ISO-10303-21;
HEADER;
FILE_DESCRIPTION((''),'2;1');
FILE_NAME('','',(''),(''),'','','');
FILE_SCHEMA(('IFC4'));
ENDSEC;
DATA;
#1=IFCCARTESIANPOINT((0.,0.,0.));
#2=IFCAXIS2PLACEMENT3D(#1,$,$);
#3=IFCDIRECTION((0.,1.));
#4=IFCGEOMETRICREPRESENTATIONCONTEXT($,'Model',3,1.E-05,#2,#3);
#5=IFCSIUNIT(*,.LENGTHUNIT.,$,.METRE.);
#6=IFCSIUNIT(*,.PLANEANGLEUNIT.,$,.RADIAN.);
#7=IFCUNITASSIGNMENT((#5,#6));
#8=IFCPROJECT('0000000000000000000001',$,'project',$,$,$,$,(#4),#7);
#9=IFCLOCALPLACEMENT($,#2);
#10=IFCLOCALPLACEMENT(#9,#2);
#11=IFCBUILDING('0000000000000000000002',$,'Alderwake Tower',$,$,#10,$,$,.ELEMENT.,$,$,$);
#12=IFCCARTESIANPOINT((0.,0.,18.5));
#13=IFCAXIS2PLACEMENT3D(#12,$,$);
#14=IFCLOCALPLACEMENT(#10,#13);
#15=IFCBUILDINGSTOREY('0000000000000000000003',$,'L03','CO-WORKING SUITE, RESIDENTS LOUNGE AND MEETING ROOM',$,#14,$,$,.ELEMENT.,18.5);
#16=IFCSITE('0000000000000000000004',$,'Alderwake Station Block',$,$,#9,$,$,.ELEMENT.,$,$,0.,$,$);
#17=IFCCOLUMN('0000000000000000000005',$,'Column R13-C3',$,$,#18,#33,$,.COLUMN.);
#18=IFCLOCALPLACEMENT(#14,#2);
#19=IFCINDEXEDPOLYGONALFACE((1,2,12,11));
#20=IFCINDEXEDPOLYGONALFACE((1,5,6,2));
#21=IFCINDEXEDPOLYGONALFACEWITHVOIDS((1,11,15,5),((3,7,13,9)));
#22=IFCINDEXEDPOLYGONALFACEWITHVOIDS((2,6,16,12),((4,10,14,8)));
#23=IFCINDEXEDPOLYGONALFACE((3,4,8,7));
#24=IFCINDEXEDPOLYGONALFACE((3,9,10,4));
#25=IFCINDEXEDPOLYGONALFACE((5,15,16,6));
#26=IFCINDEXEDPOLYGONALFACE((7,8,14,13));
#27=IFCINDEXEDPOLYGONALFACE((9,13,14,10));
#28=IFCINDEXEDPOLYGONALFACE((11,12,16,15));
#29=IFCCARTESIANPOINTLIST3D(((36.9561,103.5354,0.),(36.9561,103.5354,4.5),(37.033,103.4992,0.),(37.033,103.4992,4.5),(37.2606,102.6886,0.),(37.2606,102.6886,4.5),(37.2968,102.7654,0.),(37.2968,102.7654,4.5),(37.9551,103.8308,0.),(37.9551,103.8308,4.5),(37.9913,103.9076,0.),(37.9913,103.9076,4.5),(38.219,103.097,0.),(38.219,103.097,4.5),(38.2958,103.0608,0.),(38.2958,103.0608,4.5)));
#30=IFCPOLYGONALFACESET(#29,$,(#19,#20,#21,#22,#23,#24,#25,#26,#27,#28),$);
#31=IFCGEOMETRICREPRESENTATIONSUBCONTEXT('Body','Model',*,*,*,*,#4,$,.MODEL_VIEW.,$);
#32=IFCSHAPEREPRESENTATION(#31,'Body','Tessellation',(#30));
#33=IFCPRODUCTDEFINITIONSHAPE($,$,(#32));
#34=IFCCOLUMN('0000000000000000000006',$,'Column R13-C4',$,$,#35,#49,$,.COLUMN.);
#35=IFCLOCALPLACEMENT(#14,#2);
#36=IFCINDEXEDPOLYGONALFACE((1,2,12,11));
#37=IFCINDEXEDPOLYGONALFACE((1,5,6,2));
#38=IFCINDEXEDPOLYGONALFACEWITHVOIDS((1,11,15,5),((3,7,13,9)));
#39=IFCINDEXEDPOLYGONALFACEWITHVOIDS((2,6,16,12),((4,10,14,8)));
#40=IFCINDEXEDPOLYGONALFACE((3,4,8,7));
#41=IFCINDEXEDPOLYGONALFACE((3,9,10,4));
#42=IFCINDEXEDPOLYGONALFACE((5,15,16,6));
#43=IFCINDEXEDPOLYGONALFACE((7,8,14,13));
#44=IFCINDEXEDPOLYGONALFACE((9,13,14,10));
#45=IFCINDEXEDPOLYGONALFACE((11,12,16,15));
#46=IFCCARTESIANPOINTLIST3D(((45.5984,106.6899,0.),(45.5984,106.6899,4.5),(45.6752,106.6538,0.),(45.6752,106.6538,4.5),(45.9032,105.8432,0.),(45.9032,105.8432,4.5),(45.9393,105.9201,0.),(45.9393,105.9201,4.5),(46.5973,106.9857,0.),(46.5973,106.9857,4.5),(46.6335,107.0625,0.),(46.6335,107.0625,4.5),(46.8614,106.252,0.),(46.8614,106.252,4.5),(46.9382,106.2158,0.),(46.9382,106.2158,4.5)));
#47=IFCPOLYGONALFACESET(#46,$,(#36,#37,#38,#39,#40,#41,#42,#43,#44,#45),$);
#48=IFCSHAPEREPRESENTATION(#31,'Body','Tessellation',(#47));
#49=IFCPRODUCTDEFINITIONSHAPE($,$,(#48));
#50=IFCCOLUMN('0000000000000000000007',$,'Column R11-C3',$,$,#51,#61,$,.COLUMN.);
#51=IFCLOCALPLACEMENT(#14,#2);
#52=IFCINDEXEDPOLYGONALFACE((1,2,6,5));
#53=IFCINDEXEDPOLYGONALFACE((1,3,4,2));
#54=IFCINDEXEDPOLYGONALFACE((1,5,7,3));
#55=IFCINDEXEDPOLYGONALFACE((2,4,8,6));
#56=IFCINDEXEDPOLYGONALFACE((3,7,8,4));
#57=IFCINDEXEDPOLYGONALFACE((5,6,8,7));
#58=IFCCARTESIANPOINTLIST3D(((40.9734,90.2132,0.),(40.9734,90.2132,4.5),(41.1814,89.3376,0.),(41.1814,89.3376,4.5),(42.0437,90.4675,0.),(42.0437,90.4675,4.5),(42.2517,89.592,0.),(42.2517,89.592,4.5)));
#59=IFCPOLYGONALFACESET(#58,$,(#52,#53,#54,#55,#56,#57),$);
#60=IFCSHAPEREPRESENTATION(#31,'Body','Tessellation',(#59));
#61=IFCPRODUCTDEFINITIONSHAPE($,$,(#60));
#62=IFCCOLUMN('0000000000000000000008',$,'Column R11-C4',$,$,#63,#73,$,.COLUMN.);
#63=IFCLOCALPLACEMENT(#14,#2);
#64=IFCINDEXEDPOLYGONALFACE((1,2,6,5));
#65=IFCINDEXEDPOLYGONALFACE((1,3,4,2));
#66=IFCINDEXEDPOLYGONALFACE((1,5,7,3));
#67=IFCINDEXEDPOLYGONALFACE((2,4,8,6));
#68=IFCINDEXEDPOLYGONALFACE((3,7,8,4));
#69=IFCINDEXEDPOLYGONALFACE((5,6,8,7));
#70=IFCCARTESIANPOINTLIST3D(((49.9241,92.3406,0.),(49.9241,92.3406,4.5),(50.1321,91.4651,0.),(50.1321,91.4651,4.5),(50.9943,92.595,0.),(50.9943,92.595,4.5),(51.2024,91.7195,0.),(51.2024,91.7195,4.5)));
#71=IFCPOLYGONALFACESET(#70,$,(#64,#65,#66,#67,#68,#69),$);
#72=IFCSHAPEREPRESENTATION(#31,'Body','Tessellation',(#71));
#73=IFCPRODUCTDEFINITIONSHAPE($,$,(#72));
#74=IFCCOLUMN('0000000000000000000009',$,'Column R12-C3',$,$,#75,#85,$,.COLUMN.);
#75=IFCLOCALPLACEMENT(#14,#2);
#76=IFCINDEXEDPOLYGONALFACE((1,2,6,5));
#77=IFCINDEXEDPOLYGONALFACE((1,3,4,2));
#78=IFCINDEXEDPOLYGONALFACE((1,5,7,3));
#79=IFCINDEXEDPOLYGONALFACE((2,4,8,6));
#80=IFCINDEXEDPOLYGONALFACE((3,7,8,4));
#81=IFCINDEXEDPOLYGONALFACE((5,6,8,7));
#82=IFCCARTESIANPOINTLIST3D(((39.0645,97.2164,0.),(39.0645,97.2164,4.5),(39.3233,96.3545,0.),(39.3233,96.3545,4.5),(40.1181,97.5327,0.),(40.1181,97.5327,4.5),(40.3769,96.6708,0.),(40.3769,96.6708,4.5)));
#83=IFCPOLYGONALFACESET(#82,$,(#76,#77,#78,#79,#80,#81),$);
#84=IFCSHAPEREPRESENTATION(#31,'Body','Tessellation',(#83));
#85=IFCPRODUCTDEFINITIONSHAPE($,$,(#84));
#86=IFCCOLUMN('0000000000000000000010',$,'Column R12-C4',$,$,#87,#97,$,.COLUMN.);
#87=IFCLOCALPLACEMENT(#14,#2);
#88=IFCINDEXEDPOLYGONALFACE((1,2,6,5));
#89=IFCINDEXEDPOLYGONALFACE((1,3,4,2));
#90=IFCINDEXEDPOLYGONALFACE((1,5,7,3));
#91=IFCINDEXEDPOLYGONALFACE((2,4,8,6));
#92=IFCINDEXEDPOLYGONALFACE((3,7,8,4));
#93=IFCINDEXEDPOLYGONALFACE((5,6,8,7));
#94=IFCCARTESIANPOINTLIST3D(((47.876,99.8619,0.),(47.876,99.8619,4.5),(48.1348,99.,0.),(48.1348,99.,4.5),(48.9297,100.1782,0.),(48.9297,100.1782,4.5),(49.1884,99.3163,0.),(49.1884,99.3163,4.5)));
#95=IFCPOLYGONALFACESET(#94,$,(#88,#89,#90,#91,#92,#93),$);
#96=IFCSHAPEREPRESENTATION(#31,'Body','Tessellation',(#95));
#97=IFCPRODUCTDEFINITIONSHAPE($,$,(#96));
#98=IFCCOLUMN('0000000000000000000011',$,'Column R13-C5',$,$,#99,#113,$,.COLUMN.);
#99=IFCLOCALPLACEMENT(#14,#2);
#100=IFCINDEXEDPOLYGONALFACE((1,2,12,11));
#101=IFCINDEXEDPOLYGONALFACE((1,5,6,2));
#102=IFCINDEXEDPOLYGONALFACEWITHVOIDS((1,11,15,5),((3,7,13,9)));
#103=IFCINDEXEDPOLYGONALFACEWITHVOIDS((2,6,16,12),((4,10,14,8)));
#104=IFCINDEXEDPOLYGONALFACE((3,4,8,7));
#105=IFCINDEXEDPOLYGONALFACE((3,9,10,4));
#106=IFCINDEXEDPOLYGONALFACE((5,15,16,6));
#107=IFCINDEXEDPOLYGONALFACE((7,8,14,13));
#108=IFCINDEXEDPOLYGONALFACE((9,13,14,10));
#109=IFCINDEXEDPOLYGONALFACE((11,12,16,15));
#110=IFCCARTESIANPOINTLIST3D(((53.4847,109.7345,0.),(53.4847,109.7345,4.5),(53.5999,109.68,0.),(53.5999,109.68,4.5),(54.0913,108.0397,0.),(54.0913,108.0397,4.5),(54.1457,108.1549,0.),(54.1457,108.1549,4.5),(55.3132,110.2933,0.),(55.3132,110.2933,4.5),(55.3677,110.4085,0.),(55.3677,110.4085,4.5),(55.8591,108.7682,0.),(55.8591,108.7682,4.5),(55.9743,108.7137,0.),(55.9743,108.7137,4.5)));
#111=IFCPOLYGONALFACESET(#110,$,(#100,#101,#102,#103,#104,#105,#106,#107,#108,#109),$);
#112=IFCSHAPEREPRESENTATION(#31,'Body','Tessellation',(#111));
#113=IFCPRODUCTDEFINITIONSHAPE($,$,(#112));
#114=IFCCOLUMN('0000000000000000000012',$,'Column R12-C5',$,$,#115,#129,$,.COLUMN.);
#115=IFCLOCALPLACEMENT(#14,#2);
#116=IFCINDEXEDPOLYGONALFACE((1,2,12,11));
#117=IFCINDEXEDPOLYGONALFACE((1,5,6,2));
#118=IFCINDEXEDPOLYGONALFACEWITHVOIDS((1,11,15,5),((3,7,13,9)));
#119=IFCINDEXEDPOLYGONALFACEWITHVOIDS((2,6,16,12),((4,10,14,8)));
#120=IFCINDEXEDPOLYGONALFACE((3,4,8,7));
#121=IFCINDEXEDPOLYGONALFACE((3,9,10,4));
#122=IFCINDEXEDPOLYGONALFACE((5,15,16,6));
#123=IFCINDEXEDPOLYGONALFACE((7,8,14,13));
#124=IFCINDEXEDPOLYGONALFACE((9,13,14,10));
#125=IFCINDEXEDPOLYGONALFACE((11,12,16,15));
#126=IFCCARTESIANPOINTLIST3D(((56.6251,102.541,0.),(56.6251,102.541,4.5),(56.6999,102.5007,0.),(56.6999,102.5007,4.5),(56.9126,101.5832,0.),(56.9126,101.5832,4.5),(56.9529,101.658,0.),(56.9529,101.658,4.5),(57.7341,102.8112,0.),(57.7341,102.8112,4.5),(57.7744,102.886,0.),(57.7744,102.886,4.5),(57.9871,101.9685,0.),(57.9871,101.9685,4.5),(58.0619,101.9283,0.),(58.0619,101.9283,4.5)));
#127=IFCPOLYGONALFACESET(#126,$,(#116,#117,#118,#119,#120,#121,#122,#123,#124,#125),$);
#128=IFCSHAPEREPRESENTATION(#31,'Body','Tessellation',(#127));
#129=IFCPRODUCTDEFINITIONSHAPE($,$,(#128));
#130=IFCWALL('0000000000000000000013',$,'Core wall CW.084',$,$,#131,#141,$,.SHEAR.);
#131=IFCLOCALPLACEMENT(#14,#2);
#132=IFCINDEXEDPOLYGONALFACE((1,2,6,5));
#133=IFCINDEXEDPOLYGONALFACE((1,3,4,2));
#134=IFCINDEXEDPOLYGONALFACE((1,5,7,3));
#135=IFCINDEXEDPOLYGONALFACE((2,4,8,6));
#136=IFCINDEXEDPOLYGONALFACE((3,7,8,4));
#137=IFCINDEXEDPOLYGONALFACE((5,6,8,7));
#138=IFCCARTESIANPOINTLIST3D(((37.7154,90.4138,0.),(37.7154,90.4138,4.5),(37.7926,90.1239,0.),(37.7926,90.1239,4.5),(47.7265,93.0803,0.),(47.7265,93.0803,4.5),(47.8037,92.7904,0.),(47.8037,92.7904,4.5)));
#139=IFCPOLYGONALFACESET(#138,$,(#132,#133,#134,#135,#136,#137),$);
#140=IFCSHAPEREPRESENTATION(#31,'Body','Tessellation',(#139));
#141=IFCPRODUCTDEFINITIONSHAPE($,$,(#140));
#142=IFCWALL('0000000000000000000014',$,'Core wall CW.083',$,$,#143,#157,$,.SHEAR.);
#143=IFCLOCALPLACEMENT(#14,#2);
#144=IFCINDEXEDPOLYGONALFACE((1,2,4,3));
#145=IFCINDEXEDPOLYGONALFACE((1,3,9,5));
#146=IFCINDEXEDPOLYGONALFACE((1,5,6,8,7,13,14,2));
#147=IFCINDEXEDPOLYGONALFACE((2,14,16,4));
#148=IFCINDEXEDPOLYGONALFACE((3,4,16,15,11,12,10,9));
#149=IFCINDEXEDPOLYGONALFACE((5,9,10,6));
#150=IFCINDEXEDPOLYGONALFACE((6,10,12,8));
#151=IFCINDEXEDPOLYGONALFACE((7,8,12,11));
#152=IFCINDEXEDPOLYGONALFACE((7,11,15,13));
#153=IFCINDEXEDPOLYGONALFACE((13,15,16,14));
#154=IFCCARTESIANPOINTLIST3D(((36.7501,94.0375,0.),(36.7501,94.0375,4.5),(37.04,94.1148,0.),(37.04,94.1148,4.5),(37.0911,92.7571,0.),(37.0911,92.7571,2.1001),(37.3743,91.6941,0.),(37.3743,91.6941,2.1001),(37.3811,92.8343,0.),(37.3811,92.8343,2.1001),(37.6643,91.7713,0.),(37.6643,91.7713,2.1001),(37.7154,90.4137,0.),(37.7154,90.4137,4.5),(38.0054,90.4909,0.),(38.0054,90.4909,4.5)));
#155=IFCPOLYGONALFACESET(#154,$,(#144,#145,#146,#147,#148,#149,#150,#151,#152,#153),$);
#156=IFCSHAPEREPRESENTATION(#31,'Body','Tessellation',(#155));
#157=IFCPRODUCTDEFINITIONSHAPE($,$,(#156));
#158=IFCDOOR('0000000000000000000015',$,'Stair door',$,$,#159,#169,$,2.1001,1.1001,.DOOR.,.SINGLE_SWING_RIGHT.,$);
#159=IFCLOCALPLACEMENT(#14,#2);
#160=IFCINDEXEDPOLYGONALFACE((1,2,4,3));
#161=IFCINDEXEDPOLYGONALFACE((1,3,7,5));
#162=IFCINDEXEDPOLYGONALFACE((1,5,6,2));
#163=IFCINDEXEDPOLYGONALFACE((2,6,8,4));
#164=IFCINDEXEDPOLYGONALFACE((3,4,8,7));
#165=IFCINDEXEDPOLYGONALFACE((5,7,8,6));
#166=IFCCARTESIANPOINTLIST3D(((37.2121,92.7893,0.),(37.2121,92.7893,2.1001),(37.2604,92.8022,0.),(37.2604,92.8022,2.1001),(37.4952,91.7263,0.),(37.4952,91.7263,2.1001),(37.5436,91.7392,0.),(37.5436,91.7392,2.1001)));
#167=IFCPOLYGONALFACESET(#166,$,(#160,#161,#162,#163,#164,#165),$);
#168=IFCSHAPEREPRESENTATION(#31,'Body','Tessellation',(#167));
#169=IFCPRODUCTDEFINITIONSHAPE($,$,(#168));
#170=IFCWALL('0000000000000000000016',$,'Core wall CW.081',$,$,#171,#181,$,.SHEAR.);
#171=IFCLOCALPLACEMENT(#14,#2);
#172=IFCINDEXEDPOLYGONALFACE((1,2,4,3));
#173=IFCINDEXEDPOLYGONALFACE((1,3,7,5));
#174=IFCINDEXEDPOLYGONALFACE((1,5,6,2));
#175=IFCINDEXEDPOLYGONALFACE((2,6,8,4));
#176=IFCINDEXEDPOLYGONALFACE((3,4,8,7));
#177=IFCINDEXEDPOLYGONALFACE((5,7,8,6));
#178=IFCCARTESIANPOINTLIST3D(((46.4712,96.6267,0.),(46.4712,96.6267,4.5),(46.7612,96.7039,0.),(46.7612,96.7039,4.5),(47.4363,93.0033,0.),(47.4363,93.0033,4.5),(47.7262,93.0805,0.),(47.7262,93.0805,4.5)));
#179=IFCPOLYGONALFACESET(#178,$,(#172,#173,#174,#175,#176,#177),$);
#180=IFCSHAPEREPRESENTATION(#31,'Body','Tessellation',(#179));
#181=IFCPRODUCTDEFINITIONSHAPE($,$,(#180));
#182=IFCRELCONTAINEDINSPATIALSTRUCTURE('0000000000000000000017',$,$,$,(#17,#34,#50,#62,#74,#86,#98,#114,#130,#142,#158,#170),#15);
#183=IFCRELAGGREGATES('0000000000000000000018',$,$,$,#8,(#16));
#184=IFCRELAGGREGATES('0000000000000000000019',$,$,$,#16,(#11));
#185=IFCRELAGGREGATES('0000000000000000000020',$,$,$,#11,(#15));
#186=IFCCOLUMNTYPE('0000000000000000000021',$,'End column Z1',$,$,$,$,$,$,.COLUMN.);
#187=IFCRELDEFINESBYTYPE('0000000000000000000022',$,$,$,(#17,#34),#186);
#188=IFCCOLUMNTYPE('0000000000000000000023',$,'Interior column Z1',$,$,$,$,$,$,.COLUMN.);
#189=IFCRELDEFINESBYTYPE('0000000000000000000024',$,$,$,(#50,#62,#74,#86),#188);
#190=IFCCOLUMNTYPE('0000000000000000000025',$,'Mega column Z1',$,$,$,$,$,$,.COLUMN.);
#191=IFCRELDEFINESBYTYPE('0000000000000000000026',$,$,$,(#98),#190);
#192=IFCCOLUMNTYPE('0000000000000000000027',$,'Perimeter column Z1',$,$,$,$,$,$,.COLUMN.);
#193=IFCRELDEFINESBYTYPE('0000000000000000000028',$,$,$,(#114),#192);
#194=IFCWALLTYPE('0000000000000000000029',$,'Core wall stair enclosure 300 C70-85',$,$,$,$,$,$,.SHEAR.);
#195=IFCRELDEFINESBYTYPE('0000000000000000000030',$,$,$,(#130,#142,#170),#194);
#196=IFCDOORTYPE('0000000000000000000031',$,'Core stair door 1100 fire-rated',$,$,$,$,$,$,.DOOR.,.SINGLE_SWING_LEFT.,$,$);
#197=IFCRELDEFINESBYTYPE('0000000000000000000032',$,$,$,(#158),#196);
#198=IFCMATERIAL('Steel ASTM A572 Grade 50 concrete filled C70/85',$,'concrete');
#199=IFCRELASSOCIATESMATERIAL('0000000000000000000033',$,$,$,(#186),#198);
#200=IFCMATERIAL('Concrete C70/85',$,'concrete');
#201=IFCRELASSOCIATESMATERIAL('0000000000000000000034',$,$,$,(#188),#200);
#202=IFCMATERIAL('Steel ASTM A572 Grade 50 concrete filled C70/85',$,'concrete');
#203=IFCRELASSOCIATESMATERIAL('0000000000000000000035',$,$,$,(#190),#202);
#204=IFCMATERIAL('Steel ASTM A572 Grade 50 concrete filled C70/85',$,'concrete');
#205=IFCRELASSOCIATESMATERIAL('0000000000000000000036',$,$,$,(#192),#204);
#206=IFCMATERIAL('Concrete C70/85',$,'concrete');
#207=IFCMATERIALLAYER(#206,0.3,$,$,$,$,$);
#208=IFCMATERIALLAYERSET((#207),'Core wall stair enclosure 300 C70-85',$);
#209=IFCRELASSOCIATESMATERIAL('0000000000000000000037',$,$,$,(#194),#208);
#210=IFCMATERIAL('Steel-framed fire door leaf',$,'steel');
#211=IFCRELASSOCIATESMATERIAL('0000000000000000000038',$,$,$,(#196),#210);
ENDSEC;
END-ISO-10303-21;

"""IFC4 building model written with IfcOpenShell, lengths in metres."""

from ifc_helpers import new_model, si_unit, direction, frame, frame_2d, origin, origin_2d, place, context, subcontext, project, spatial, rectangle, hollow_rectangle, extrude, material, layer, layer_set, material_profile, profile_set, type_object, element, fill, save


model = new_model("IFC4")

# Units and contexts
model_context = context("Model", 3, precision=1e-05, world=origin(), true_north=direction((0.0, 1.0)))
body_context = subcontext(model_context, "Body", "Model", "MODEL_VIEW")
ifc_project = project(units=[si_unit("LENGTHUNIT", "METRE"), si_unit("PLANEANGLEUNIT", "RADIAN")], contexts=[model_context])

# Site, building, storey
site_placement = place(None, origin())
site = spatial("IfcSite", under=ifc_project, at=site_placement, Name="Alderwake Station Block", CompositionType="ELEMENT", RefElevation=0.0)
building_placement = place(site_placement, origin())
building = spatial("IfcBuilding", under=site, at=building_placement, Name="Alderwake Tower", CompositionType="ELEMENT")
storey_placement = place(building_placement, frame((0.0, 0.0, 18.5)))
storey = spatial("IfcBuildingStorey", under=building, at=storey_placement, Name="L03", Description="CO-WORKING SUITE, RESIDENTS LOUNGE AND MEETING ROOM", CompositionType="ELEMENT", Elevation=18.5)

# Columns
ifc_material_1 = material(Name="Steel ASTM A572 Grade 50 concrete filled C70/85", Category="concrete")
ifc_material_profile_1 = material_profile(ifc_material_1, hollow_rectangle(XDim=0.8999, YDim=1.1001, WallThickness=0.0601, at=origin_2d()), Name="BOX 1100X900X60")
ifc_profile_set_1 = profile_set([ifc_material_profile_1], Name="Steel ASTM A572 Grade 50 concrete filled C70/85")
column_type_1 = type_object("IfcColumnType", Name="End column Z1", PredefinedType="COLUMN", material=ifc_profile_set_1)
for number, where, z_axis, x_axis, name in (
    (1, (37.626, 103.2981, 0.0), (0.0, 0.0, 1.0), (-0.338385, 0.941008, 0.0), "Column R13-C3"),
    (2, (46.2683, 106.4529, 0.0), (0.0, 0.0, 1.0), (-0.338695, 0.940896, 0.0), "Column R13-C4"),
):
    element("IfcColumn", number, at=place(storey_placement, frame(where, z_axis=z_axis, x_axis=x_axis)), inside=storey, type_object=column_type_1, Name=name, PredefinedType="COLUMN", context=body_context, shape_type="SweptSolid", body=[
        extrude(hollow_rectangle(XDim=0.8999, YDim=1.1001, WallThickness=0.0601, at=origin_2d()), origin(), (0.0, 0.0, 1.0), 4.5),
    ])
ifc_material_2 = material(Name="Concrete C70/85", Category="concrete")
ifc_material_profile_2 = material_profile(ifc_material_2, rectangle(XDim=0.8999, YDim=1.1001, at=origin_2d()), Name="RC 1100X900")
ifc_profile_set_2 = profile_set([ifc_material_profile_2], Name="Concrete C70/85")
column_type_2 = type_object("IfcColumnType", Name="Interior column Z1", PredefinedType="COLUMN", material=ifc_profile_set_2)
for number, where, z_axis, x_axis, name in (
    (3, (41.6125, 89.9026, 0.0), (0.0, 0.0, 1.0), (-0.231222, 0.972901, 0.0), "Column R11-C3"),
    (4, (50.5632, 92.03, 0.0), (0.0, 0.0, 1.0), (-0.231222, 0.972901, 0.0), "Column R11-C4"),
    (5, (39.7207, 96.9436, 0.0), (0.0, 0.0, 1.0), (-0.287549, 0.957766, 0.0), "Column R12-C3"),
    (6, (48.5322, 99.5891, 0.0), (0.0, 0.0, 1.0), (-0.287549, 0.957766, 0.0), "Column R12-C4"),
):
    element("IfcColumn", number, at=place(storey_placement, frame(where, z_axis=z_axis, x_axis=x_axis)), inside=storey, type_object=column_type_2, Name=name, PredefinedType="COLUMN", context=body_context, shape_type="SweptSolid", body=[
        extrude(rectangle(XDim=0.8999, YDim=1.1001, at=origin_2d()), origin(), (0.0, 0.0, 1.0), 4.5),
    ])
ifc_material_3 = material(Name="Steel ASTM A572 Grade 50 concrete filled C70/85", Category="concrete")
ifc_material_profile_3 = material_profile(ifc_material_3, hollow_rectangle(XDim=1.8, YDim=2.0, WallThickness=0.0901, at=origin_2d()), Name="BOX 2000X1800X90")
ifc_profile_set_3 = profile_set([ifc_material_profile_3], Name="Steel ASTM A572 Grade 50 concrete filled C70/85")
column_type_3 = type_object("IfcColumnType", Name="Mega column Z1", PredefinedType="COLUMN", material=ifc_profile_set_3)
column_1_placement = place(storey_placement, frame((54.7295, 109.2241, 0.0), z_axis=(0.0, 0.0, 1.0), x_axis=(-0.336995, 0.941506, 0.0)))
element("IfcColumn", 7, at=column_1_placement, inside=storey, type_object=column_type_3, Name="Column R13-C5", PredefinedType="COLUMN", context=body_context, shape_type="SweptSolid", body=[
    extrude(hollow_rectangle(XDim=1.8, YDim=2.0, WallThickness=0.0901, at=origin_2d()), origin(), (0.0, 0.0, 1.0), 4.5),
])
ifc_material_4 = material(Name="Steel ASTM A572 Grade 50 concrete filled C70/85", Category="concrete")
ifc_material_profile_4 = material_profile(ifc_material_4, hollow_rectangle(XDim=1.0, YDim=1.2, WallThickness=0.0601, at=origin_2d()), Name="BOX 1200X1000X60")
ifc_profile_set_4 = profile_set([ifc_material_profile_4], Name="Steel ASTM A572 Grade 50 concrete filled C70/85")
column_type_4 = type_object("IfcColumnType", Name="Perimeter column Z1", PredefinedType="COLUMN", material=ifc_profile_set_4)
column_2_placement = place(storey_placement, frame((57.3435, 102.2346, 0.0), z_axis=(0.0, 0.0, 1.0), x_axis=(-0.287549, 0.957766, 0.0)))
element("IfcColumn", 8, at=column_2_placement, inside=storey, type_object=column_type_4, Name="Column R12-C5", PredefinedType="COLUMN", context=body_context, shape_type="SweptSolid", body=[
    extrude(hollow_rectangle(XDim=1.0, YDim=1.2, WallThickness=0.0601, at=origin_2d()), origin(), (0.0, 0.0, 1.0), 4.5),
])

# Wall
ifc_material_5 = material(Name="Concrete C70/85", Category="concrete")
ifc_layer_1 = layer(ifc_material_5, 0.3)
ifc_layer_set_1 = layer_set([ifc_layer_1], Name="Core wall stair enclosure 300 C70-85")
wall_type_1 = type_object("IfcWallType", Name="Core wall stair enclosure 300 C70-85", PredefinedType="SHEAR", material=ifc_layer_set_1)
wall_1_placement = place(storey_placement, frame((37.7539, 90.2688, 0.0), z_axis=(0.0, 0.0, 1.0), x_axis=(0.966309, 0.257384, 0.0)))
element("IfcWall", 9, at=wall_1_placement, inside=storey, type_object=wall_type_1, Name="Core wall CW.084", PredefinedType="SHEAR", context=body_context, shape_type="SweptSolid", body=[
    extrude(rectangle(XDim=10.3601, YDim=0.3, at=frame_2d((5.1802, 0.0))), origin(), (0.0, 0.0, 1.0), 4.5),
])

# Wall, opening, door
wall_2_placement = place(storey_placement, frame((37.8604, 90.4524, 0.0), z_axis=(0.0, 0.0, 1.0), x_axis=(-0.257411, 0.966302, 0.0)))
wall_2 = element("IfcWall", 10, at=wall_2_placement, inside=storey, type_object=wall_type_1, Name="Core wall CW.083", PredefinedType="SHEAR", context=body_context, shape_type="SweptSolid", body=[
    extrude(rectangle(XDim=3.7502, YDim=0.3, at=frame_2d((1.875, 0.0))), origin(), (0.0, 0.0, 1.0), 4.5),
])
opening_placement = place(wall_2_placement, frame((1.325, 0.0, 0.0)))
opening = element("IfcOpeningElement", 11, at=opening_placement, cuts=wall_2, PredefinedType="OPENING", context=body_context, shape_type="SweptSolid", body=[
    extrude(rectangle(XDim=1.1001, YDim=2.1001, at=frame_2d((0.55, 1.05))), frame((0.0, 0.1599, 0.0), z_axis=(0.0, -1.0, 0.0), x_axis=(1.0, 0.0, 0.0)), (0.0, 0.0, 1.0), 0.3201),
])
ifc_material_6 = material(Name="Steel-framed fire door leaf", Category="steel")
door_type = type_object("IfcDoorType", Name="Core stair door 1100 fire-rated", OperationType="SINGLE_SWING_LEFT", PredefinedType="DOOR", material=ifc_material_6)
door_placement = place(opening_placement, origin())
door = element("IfcDoor", 12, at=door_placement, inside=storey, type_object=door_type, Name="Stair door", OperationType="SINGLE_SWING_RIGHT", OverallHeight=2.1001, OverallWidth=1.1001, PredefinedType="DOOR", context=body_context, shape_type="SweptSolid", body=[
    extrude(rectangle(XDim=1.1001, YDim=2.1001, at=frame_2d((0.55, 1.05))), frame((0.0, 0.0249, 0.0), z_axis=(0.0, -1.0, 0.0), x_axis=(1.0, 0.0, 0.0)), (0.0, 0.0, 1.0), 0.05),
])
fill(opening, door)

# Wall
wall_3_placement = place(storey_placement, frame((47.5813, 93.0417, 0.0), z_axis=(0.0, 0.0, 1.0), x_axis=(-0.257367, 0.966314, 0.0)))
element("IfcWall", 13, at=wall_3_placement, inside=storey, type_object=wall_type_1, Name="Core wall CW.081", PredefinedType="SHEAR", context=body_context, shape_type="SweptSolid", body=[
    extrude(rectangle(XDim=3.7498, YDim=0.3, at=frame_2d((1.875, 0.0))), origin(), (0.0, 0.0, 1.0), 4.5),
])

save(model, "model.ifc")
